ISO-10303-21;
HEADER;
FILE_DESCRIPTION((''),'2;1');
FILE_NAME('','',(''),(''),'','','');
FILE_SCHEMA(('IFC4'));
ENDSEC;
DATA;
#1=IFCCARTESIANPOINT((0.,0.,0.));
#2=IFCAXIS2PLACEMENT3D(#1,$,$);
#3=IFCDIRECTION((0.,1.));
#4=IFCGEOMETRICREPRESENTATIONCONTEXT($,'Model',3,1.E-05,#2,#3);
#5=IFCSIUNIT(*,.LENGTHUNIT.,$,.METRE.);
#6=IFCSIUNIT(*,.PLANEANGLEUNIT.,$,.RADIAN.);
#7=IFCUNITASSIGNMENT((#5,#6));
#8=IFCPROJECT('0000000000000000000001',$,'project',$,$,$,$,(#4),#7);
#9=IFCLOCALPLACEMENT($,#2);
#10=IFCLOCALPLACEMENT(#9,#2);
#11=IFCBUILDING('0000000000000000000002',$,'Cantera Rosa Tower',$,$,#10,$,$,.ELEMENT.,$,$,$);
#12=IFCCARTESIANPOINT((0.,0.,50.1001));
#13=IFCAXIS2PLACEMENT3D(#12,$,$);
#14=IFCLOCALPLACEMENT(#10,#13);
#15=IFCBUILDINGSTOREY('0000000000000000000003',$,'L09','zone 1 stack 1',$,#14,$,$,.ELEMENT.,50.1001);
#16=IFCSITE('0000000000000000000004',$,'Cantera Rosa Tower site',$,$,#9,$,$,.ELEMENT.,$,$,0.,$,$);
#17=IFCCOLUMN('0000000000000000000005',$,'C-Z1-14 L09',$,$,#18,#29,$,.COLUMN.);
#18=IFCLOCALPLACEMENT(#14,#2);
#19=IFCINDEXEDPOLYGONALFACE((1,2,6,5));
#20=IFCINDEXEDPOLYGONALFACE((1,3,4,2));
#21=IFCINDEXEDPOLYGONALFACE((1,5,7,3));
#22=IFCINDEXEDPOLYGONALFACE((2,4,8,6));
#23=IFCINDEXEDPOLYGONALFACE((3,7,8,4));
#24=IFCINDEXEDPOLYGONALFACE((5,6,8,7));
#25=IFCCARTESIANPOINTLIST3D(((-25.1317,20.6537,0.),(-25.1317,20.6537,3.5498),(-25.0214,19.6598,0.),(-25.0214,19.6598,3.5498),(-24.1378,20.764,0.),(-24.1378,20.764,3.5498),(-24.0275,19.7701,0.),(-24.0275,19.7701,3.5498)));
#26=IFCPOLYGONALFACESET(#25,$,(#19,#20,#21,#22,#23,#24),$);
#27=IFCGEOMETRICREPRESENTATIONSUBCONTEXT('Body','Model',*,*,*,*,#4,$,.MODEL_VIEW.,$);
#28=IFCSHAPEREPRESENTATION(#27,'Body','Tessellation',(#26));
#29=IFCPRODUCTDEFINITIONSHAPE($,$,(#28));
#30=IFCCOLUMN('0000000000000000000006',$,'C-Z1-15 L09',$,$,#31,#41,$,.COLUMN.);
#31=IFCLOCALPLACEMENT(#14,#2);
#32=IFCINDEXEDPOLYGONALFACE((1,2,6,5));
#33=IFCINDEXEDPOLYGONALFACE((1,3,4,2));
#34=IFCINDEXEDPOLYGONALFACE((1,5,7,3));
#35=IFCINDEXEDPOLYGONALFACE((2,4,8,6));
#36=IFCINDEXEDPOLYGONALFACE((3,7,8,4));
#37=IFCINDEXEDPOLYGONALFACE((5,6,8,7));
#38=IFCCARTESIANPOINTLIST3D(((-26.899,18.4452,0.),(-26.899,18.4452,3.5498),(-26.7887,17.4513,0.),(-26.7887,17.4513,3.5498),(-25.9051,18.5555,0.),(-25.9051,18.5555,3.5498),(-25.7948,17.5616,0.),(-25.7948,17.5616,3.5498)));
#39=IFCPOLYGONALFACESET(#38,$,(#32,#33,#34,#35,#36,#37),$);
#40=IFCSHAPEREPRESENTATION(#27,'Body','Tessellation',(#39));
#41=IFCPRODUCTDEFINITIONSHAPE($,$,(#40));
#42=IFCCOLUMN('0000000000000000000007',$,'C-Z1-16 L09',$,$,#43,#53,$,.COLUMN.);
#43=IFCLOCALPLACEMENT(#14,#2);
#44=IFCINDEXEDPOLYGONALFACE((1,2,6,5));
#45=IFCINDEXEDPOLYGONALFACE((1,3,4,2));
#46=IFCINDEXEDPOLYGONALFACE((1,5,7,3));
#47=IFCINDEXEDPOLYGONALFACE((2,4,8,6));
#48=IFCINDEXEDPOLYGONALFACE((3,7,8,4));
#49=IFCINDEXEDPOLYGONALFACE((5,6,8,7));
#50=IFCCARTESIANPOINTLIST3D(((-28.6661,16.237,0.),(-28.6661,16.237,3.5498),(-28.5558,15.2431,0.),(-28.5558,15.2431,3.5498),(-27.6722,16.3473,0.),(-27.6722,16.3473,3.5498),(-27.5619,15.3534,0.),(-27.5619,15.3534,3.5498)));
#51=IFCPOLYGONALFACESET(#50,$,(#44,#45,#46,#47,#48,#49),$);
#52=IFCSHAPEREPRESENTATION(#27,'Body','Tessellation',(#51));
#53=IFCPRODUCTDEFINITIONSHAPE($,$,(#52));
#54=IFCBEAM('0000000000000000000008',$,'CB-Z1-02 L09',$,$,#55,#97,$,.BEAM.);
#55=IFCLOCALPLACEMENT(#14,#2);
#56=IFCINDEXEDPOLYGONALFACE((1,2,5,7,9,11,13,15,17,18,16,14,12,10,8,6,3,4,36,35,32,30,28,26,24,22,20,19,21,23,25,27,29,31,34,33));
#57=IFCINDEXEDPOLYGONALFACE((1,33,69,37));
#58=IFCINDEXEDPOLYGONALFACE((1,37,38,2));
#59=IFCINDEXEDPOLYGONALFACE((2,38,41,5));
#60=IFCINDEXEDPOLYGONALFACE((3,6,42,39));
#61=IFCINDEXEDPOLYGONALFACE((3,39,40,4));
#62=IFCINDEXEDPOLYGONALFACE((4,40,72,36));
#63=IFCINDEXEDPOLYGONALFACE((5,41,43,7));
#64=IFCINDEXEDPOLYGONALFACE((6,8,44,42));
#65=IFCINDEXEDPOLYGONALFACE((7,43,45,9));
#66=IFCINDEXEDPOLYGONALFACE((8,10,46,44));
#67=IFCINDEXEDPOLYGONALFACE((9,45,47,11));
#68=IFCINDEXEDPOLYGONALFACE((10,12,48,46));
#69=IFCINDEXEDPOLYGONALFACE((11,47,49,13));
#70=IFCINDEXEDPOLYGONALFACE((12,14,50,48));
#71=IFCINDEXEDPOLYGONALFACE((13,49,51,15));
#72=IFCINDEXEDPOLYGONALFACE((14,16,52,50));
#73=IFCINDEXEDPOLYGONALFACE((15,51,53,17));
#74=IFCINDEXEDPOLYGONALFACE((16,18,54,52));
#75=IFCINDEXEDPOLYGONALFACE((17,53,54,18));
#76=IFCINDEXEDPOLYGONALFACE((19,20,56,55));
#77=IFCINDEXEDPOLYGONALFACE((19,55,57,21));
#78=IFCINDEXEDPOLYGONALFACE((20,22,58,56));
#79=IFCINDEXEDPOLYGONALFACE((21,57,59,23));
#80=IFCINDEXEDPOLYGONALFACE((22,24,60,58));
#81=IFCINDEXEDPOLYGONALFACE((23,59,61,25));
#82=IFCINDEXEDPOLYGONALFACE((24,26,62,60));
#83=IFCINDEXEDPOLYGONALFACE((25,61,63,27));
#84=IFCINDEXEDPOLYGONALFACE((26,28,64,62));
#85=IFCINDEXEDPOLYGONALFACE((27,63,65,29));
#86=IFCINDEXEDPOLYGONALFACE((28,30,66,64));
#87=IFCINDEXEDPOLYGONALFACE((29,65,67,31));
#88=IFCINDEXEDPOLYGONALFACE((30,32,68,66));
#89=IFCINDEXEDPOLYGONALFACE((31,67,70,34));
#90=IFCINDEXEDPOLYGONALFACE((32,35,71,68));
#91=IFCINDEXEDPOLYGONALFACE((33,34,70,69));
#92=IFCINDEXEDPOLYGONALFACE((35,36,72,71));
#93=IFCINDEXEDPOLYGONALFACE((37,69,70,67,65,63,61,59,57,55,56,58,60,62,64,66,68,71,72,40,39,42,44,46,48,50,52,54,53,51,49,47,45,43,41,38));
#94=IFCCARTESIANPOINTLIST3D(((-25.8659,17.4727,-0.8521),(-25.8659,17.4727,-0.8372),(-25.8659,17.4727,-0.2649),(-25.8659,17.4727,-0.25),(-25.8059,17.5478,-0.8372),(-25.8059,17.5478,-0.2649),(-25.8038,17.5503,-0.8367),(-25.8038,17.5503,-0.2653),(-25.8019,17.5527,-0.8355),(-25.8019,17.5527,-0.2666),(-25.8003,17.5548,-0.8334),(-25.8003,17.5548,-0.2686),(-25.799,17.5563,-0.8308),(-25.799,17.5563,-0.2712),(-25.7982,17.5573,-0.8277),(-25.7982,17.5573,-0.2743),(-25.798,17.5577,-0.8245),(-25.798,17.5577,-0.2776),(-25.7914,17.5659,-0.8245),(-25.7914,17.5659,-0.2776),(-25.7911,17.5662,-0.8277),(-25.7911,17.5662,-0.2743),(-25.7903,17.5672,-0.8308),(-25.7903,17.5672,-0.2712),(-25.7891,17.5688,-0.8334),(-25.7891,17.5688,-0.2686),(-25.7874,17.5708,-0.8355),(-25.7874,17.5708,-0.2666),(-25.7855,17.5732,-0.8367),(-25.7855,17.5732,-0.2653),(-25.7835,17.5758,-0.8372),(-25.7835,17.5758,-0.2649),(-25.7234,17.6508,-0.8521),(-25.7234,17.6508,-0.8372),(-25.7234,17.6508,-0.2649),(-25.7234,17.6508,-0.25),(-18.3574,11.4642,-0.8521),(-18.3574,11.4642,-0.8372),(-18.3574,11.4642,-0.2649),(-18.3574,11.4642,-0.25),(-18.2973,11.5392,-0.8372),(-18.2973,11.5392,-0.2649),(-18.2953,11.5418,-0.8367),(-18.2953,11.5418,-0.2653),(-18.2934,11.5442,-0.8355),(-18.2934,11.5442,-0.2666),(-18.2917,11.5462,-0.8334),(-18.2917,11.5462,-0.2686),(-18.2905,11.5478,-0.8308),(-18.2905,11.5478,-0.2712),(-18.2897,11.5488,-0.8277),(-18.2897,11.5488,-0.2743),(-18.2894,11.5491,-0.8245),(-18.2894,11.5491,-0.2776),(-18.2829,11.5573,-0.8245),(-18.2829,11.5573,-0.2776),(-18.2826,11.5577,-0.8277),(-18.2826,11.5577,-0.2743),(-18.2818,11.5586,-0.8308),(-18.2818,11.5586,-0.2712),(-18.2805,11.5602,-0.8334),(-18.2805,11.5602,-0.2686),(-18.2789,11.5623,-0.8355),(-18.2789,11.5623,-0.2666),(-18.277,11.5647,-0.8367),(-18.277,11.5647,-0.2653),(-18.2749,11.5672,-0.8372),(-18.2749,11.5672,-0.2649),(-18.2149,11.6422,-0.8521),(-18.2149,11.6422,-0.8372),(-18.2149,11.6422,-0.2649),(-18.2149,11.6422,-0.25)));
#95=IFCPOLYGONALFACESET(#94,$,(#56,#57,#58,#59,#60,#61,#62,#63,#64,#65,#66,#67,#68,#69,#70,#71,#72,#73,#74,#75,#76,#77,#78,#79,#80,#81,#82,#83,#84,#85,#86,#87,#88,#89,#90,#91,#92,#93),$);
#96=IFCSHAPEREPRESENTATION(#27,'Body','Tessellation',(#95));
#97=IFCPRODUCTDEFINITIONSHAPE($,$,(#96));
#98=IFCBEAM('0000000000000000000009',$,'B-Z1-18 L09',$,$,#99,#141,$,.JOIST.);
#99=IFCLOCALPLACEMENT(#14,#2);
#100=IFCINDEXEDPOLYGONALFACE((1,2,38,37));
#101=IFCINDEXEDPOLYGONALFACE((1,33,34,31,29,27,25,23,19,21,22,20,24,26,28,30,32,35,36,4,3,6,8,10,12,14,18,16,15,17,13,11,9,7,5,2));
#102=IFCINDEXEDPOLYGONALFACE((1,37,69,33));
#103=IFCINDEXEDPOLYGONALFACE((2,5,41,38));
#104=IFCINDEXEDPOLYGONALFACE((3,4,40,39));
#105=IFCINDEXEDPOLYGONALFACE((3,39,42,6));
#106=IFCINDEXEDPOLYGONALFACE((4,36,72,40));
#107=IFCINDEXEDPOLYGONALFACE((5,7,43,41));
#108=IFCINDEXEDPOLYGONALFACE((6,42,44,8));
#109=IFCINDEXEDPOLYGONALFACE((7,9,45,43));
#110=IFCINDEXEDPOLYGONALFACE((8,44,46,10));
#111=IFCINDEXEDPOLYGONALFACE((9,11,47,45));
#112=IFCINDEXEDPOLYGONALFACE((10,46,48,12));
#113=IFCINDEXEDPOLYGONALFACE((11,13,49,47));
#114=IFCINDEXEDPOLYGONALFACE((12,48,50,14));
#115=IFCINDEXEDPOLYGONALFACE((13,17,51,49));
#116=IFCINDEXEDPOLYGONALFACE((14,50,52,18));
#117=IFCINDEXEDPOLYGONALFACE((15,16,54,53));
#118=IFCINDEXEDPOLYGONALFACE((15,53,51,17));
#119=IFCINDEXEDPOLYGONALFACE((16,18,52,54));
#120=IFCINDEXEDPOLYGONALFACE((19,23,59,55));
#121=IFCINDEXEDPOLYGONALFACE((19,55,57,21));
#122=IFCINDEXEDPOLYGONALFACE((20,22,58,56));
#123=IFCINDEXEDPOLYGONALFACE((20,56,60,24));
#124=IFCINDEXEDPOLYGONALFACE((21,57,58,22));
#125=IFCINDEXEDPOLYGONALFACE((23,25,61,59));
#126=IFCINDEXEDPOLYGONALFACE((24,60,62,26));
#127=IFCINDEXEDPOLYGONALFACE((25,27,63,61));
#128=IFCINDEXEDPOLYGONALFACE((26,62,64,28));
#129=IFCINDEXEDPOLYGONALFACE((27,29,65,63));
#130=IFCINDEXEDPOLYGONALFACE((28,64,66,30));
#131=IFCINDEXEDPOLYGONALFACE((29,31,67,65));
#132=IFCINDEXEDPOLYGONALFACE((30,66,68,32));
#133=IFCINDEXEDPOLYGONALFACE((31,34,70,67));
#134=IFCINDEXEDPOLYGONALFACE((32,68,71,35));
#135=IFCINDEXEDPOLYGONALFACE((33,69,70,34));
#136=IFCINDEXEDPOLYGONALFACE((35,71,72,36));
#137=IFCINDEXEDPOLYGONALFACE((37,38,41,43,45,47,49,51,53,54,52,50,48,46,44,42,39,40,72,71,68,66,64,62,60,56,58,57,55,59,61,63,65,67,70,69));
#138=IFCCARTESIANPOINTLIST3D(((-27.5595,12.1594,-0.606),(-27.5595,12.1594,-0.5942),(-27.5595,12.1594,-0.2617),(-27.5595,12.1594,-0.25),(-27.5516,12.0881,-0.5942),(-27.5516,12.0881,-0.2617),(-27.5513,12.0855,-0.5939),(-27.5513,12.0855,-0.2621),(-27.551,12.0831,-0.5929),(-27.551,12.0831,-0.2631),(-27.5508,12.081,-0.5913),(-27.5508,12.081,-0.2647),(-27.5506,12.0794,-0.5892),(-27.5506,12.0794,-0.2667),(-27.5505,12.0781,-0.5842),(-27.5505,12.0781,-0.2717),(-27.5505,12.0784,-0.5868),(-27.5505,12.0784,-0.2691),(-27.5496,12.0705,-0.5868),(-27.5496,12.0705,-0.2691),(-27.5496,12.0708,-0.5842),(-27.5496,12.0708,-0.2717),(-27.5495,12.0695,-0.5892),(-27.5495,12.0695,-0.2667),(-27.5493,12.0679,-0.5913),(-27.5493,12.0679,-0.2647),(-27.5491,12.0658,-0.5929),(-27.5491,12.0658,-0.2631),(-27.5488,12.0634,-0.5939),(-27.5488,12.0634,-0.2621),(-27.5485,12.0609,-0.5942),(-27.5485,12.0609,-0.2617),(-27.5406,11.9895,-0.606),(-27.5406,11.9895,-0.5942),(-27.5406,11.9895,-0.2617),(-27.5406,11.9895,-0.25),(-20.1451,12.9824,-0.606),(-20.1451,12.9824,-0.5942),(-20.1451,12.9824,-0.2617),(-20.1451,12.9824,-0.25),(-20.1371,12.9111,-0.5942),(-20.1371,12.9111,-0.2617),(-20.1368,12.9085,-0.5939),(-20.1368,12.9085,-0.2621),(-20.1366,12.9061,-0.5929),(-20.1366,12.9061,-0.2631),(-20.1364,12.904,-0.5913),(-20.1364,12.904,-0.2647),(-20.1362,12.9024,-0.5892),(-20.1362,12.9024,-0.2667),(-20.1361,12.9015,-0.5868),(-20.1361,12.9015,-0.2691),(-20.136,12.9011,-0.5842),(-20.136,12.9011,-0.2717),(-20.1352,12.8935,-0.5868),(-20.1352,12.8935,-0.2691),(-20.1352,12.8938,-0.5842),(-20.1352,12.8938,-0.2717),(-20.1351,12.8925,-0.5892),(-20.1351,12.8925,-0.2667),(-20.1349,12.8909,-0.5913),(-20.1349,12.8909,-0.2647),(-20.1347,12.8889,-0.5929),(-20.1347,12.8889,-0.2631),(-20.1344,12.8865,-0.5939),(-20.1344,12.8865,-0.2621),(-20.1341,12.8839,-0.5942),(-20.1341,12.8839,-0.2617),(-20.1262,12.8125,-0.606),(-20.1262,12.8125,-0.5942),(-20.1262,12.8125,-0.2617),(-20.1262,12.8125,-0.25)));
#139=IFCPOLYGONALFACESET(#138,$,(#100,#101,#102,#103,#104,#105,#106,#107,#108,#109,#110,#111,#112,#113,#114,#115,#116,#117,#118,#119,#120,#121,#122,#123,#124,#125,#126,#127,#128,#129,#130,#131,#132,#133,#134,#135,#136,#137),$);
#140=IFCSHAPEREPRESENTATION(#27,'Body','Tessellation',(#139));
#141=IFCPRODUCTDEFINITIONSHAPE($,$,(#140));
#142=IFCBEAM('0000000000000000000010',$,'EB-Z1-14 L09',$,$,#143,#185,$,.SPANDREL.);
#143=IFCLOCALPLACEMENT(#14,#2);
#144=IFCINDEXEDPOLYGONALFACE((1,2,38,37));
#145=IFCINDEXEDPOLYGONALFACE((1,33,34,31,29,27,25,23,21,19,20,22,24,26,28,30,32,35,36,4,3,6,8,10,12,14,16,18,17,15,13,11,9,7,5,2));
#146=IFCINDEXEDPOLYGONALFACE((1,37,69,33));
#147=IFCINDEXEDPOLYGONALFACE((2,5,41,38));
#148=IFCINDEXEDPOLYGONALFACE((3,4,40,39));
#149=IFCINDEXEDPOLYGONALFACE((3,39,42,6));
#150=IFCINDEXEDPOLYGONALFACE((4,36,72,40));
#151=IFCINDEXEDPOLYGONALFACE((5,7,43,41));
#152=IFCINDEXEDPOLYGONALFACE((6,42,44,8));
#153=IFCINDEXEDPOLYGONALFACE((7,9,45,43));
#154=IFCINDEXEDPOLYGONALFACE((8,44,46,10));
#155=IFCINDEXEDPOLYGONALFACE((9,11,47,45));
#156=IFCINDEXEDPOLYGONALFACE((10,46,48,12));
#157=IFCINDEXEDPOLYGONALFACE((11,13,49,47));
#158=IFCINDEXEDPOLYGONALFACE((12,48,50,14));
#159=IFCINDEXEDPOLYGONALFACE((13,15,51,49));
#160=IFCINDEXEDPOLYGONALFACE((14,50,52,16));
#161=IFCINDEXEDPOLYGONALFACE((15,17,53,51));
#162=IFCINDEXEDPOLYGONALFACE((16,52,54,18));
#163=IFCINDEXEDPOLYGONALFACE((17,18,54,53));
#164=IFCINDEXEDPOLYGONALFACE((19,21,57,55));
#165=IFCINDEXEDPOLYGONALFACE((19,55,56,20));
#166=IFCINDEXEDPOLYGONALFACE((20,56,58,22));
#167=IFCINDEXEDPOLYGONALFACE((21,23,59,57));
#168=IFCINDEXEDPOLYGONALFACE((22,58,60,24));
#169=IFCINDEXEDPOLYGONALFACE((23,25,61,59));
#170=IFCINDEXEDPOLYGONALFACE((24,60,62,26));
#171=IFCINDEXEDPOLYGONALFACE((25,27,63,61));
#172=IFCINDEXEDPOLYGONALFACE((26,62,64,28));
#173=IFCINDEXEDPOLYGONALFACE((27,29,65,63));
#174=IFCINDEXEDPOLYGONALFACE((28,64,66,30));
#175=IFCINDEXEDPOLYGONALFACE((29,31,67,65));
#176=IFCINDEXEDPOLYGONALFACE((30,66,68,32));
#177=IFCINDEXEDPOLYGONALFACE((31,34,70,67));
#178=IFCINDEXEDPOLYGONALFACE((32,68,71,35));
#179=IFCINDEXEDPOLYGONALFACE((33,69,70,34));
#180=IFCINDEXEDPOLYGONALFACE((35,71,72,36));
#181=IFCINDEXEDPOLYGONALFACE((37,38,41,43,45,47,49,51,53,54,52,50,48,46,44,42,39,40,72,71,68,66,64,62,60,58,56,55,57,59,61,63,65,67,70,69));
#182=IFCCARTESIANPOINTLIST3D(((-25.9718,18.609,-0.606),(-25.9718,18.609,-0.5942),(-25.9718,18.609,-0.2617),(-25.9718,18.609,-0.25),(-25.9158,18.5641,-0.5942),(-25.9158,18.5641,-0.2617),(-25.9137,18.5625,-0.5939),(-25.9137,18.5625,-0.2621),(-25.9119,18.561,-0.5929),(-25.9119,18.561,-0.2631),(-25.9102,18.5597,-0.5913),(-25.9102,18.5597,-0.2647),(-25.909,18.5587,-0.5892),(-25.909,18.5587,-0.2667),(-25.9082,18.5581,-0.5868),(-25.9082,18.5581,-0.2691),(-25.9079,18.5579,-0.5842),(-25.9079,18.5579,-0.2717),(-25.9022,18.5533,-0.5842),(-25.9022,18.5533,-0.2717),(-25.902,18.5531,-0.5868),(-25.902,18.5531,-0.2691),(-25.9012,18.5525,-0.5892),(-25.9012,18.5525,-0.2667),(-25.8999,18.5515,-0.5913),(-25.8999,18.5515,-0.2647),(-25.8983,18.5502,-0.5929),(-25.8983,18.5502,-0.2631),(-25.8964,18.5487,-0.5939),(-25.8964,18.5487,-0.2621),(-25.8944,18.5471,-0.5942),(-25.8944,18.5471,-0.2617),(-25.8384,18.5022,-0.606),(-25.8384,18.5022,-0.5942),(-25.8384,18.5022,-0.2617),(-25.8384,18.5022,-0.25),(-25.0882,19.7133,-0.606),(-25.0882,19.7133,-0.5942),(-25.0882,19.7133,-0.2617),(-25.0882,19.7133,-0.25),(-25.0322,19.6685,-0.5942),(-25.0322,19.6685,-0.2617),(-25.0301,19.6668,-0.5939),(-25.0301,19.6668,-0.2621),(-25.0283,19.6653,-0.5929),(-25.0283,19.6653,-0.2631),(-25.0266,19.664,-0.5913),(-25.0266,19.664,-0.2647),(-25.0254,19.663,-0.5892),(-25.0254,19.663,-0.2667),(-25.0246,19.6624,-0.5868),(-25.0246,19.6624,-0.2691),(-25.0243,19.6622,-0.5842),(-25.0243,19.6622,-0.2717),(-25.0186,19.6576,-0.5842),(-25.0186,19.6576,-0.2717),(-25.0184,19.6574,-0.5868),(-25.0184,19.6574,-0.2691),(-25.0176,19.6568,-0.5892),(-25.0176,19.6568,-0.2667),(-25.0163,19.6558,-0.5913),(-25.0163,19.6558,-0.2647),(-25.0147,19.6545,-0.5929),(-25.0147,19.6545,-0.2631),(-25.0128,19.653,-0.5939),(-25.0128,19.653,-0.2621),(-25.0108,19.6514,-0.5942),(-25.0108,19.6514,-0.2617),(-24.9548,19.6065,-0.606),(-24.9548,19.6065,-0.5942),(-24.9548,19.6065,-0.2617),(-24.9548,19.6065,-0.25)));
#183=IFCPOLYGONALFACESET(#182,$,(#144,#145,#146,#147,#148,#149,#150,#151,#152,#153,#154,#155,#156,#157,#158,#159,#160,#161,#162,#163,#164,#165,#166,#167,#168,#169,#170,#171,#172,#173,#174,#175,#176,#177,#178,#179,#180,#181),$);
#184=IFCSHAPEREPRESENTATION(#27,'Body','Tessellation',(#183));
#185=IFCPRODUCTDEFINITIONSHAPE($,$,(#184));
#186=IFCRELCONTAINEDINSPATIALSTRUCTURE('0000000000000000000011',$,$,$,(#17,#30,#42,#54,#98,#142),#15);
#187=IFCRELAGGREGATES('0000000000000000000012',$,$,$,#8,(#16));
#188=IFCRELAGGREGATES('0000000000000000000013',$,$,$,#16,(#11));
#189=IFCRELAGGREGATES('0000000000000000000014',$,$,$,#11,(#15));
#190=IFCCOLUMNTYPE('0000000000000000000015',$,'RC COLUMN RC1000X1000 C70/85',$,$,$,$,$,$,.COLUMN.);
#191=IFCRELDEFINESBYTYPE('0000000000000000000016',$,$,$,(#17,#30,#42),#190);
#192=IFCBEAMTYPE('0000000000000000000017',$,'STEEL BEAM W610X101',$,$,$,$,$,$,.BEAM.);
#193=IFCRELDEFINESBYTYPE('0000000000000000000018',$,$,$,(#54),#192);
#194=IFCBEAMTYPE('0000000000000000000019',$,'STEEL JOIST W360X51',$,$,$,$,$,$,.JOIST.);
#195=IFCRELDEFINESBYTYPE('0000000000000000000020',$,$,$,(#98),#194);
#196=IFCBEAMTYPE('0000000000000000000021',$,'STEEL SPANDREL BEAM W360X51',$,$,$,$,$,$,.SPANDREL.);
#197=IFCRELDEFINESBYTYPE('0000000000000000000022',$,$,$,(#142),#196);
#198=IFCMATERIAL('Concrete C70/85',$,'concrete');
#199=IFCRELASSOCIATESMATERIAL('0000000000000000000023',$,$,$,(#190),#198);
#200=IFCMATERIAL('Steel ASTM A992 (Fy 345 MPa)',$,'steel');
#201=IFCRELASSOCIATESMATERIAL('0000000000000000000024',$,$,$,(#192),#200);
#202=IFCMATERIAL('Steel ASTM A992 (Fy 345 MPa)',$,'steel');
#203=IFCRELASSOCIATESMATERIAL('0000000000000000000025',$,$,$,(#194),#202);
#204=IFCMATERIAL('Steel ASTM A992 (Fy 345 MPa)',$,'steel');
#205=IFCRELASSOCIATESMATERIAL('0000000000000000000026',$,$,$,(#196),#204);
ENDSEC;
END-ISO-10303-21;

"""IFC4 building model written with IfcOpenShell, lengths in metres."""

from ifc_helpers import new_model, si_unit, direction, frame, origin, origin_2d, place, context, subcontext, project, spatial, rectangle, i_section, extrude, material, material_profile, profile_set, type_object, element, save


model = new_model("IFC4")

# Units and contexts
model_context = context("Model", 3, precision=1e-05, world=origin(), true_north=direction((0.0, 1.0)))
body_context = subcontext(model_context, "Body", "Model", "MODEL_VIEW")
ifc_project = project(units=[si_unit("LENGTHUNIT", "METRE"), si_unit("PLANEANGLEUNIT", "RADIAN")], contexts=[model_context])

# Site, building, storey
site_placement = place(None, origin())
site = spatial("IfcSite", under=ifc_project, at=site_placement, Name="Cantera Rosa Tower site", CompositionType="ELEMENT", RefElevation=0.0)
building_placement = place(site_placement, origin())
building = spatial("IfcBuilding", under=site, at=building_placement, Name="Cantera Rosa Tower", CompositionType="ELEMENT")
storey_placement = place(building_placement, frame((0.0, 0.0, 50.1001)))
storey = spatial("IfcBuildingStorey", under=building, at=storey_placement, Name="L09", Description="zone 1 stack 1", CompositionType="ELEMENT", Elevation=50.1001)

# Columns
ifc_material_1 = material(Name="Concrete C70/85", Category="concrete")
ifc_material_profile_1 = material_profile(ifc_material_1, rectangle(XDim=1.0, YDim=1.0, at=origin_2d()), Name="RC COLUMN RC1000X1000 C70/85")
ifc_profile_set_1 = profile_set([ifc_material_profile_1], Name="Concrete C70/85")
column_type = type_object("IfcColumnType", Name="RC COLUMN RC1000X1000 C70/85", PredefinedType="COLUMN", material=ifc_profile_set_1)
for number, where, z_axis, x_axis, name in (
    (1, (-24.5796, 20.2119, 0.0), (0.0, 0.0, 1.0), (0.993897, 0.110313, 0.0), "C-Z1-14 L09"),
    (2, (-26.3469, 18.0034, 0.0), (0.0, 0.0, 1.0), (0.993897, 0.110313, 0.0), "C-Z1-15 L09"),
    (3, (-28.114, 15.7952, 0.0), (0.0, 0.0, 1.0), (0.993897, 0.110313, 0.0), "C-Z1-16 L09"),
):
    element("IfcColumn", number, at=place(storey_placement, frame(where, z_axis=z_axis, x_axis=x_axis)), inside=storey, type_object=column_type, Name=name, PredefinedType="COLUMN", context=body_context, shape_type="SweptSolid", body=[
        extrude(rectangle(XDim=1.0, YDim=1.0, at=origin_2d()), origin(), (0.0, 0.0, 1.0), 3.5498),
    ])

# Beams
ifc_material_2 = material(Name="Steel ASTM A992 (Fy 345 MPa)", Category="steel")
ifc_material_profile_2 = material_profile(ifc_material_2, i_section(OverallWidth=0.228, OverallDepth=0.6021, WebThickness=0.0105, FlangeThickness=0.0149, FilletRadius=0.0127, at=origin_2d()), Name="W610X101")
ifc_profile_set_2 = profile_set([ifc_material_profile_2], Name="Steel ASTM A992 (Fy 345 MPa)")
beam_type_1 = type_object("IfcBeamType", Name="STEEL BEAM W610X101", PredefinedType="BEAM", material=ifc_profile_set_2)
beam_1_placement = place(storey_placement, frame((-25.7947, 17.5618, -0.551), z_axis=(0.780782, -0.624803, 0.0), x_axis=(0.624803, 0.780782, 0.0)))
element("IfcBeam", 4, at=beam_1_placement, inside=storey, type_object=beam_type_1, Name="CB-Z1-02 L09", PredefinedType="BEAM", context=body_context, shape_type="SweptSolid", body=[
    extrude(i_section(OverallWidth=0.228, OverallDepth=0.6021, WebThickness=0.0105, FlangeThickness=0.0149, FilletRadius=0.0127, at=origin_2d()), origin(), (0.0, 0.0, 1.0), 9.6167),
])
ifc_material_3 = material(Name="Steel ASTM A992 (Fy 345 MPa)", Category="steel")
ifc_material_profile_3 = material_profile(ifc_material_3, i_section(OverallWidth=0.1709, OverallDepth=0.356, WebThickness=0.0073, FlangeThickness=0.0117, FilletRadius=0.01, at=origin_2d()), Name="W360X51")
ifc_profile_set_3 = profile_set([ifc_material_profile_3], Name="Steel ASTM A992 (Fy 345 MPa)")
beam_type_2 = type_object("IfcBeamType", Name="STEEL JOIST W360X51", PredefinedType="JOIST", material=ifc_profile_set_3)
beam_2_placement = place(storey_placement, frame((-27.55, 12.0745, -0.428), z_axis=(0.993896, 0.110324, 0.0), x_axis=(-0.110324, 0.993896, 0.0)))
element("IfcBeam", 5, at=beam_2_placement, inside=storey, type_object=beam_type_2, Name="B-Z1-18 L09", PredefinedType="JOIST", context=body_context, shape_type="SweptSolid", body=[
    extrude(i_section(OverallWidth=0.1709, OverallDepth=0.356, WebThickness=0.0073, FlangeThickness=0.0117, FilletRadius=0.01, at=origin_2d()), origin(), (0.0, 0.0, 1.0), 7.46),
])
ifc_material_4 = material(Name="Steel ASTM A992 (Fy 345 MPa)", Category="steel")
ifc_material_profile_4 = material_profile(ifc_material_4, i_section(OverallWidth=0.1709, OverallDepth=0.356, WebThickness=0.0073, FlangeThickness=0.0117, FilletRadius=0.01, at=origin_2d()), Name="W360X51")
ifc_profile_set_4 = profile_set([ifc_material_profile_4], Name="Steel ASTM A992 (Fy 345 MPa)")
beam_type_3 = type_object("IfcBeamType", Name="STEEL SPANDREL BEAM W360X51", PredefinedType="SPANDREL", material=ifc_profile_set_4)
for number, where, z_axis, x_axis, name in (
    (6, (-25.0215, 19.6599, -0.428), (-0.624758, -0.780818, 0.0), (0.780818, -0.624758, 0.0), "EB-Z1-14 L09"),
):
    element("IfcBeam", number, at=place(storey_placement, frame(where, z_axis=z_axis, x_axis=x_axis)), inside=storey, type_object=beam_type_3, Name=name, PredefinedType="SPANDREL", context=body_context, shape_type="SweptSolid", body=[
        extrude(i_section(OverallWidth=0.1709, OverallDepth=0.356, WebThickness=0.0073, FlangeThickness=0.0117, FilletRadius=0.01, at=origin_2d()), origin(), (0.0, 0.0, 1.0), 1.4143),
    ])

save(model, "model.ifc")
